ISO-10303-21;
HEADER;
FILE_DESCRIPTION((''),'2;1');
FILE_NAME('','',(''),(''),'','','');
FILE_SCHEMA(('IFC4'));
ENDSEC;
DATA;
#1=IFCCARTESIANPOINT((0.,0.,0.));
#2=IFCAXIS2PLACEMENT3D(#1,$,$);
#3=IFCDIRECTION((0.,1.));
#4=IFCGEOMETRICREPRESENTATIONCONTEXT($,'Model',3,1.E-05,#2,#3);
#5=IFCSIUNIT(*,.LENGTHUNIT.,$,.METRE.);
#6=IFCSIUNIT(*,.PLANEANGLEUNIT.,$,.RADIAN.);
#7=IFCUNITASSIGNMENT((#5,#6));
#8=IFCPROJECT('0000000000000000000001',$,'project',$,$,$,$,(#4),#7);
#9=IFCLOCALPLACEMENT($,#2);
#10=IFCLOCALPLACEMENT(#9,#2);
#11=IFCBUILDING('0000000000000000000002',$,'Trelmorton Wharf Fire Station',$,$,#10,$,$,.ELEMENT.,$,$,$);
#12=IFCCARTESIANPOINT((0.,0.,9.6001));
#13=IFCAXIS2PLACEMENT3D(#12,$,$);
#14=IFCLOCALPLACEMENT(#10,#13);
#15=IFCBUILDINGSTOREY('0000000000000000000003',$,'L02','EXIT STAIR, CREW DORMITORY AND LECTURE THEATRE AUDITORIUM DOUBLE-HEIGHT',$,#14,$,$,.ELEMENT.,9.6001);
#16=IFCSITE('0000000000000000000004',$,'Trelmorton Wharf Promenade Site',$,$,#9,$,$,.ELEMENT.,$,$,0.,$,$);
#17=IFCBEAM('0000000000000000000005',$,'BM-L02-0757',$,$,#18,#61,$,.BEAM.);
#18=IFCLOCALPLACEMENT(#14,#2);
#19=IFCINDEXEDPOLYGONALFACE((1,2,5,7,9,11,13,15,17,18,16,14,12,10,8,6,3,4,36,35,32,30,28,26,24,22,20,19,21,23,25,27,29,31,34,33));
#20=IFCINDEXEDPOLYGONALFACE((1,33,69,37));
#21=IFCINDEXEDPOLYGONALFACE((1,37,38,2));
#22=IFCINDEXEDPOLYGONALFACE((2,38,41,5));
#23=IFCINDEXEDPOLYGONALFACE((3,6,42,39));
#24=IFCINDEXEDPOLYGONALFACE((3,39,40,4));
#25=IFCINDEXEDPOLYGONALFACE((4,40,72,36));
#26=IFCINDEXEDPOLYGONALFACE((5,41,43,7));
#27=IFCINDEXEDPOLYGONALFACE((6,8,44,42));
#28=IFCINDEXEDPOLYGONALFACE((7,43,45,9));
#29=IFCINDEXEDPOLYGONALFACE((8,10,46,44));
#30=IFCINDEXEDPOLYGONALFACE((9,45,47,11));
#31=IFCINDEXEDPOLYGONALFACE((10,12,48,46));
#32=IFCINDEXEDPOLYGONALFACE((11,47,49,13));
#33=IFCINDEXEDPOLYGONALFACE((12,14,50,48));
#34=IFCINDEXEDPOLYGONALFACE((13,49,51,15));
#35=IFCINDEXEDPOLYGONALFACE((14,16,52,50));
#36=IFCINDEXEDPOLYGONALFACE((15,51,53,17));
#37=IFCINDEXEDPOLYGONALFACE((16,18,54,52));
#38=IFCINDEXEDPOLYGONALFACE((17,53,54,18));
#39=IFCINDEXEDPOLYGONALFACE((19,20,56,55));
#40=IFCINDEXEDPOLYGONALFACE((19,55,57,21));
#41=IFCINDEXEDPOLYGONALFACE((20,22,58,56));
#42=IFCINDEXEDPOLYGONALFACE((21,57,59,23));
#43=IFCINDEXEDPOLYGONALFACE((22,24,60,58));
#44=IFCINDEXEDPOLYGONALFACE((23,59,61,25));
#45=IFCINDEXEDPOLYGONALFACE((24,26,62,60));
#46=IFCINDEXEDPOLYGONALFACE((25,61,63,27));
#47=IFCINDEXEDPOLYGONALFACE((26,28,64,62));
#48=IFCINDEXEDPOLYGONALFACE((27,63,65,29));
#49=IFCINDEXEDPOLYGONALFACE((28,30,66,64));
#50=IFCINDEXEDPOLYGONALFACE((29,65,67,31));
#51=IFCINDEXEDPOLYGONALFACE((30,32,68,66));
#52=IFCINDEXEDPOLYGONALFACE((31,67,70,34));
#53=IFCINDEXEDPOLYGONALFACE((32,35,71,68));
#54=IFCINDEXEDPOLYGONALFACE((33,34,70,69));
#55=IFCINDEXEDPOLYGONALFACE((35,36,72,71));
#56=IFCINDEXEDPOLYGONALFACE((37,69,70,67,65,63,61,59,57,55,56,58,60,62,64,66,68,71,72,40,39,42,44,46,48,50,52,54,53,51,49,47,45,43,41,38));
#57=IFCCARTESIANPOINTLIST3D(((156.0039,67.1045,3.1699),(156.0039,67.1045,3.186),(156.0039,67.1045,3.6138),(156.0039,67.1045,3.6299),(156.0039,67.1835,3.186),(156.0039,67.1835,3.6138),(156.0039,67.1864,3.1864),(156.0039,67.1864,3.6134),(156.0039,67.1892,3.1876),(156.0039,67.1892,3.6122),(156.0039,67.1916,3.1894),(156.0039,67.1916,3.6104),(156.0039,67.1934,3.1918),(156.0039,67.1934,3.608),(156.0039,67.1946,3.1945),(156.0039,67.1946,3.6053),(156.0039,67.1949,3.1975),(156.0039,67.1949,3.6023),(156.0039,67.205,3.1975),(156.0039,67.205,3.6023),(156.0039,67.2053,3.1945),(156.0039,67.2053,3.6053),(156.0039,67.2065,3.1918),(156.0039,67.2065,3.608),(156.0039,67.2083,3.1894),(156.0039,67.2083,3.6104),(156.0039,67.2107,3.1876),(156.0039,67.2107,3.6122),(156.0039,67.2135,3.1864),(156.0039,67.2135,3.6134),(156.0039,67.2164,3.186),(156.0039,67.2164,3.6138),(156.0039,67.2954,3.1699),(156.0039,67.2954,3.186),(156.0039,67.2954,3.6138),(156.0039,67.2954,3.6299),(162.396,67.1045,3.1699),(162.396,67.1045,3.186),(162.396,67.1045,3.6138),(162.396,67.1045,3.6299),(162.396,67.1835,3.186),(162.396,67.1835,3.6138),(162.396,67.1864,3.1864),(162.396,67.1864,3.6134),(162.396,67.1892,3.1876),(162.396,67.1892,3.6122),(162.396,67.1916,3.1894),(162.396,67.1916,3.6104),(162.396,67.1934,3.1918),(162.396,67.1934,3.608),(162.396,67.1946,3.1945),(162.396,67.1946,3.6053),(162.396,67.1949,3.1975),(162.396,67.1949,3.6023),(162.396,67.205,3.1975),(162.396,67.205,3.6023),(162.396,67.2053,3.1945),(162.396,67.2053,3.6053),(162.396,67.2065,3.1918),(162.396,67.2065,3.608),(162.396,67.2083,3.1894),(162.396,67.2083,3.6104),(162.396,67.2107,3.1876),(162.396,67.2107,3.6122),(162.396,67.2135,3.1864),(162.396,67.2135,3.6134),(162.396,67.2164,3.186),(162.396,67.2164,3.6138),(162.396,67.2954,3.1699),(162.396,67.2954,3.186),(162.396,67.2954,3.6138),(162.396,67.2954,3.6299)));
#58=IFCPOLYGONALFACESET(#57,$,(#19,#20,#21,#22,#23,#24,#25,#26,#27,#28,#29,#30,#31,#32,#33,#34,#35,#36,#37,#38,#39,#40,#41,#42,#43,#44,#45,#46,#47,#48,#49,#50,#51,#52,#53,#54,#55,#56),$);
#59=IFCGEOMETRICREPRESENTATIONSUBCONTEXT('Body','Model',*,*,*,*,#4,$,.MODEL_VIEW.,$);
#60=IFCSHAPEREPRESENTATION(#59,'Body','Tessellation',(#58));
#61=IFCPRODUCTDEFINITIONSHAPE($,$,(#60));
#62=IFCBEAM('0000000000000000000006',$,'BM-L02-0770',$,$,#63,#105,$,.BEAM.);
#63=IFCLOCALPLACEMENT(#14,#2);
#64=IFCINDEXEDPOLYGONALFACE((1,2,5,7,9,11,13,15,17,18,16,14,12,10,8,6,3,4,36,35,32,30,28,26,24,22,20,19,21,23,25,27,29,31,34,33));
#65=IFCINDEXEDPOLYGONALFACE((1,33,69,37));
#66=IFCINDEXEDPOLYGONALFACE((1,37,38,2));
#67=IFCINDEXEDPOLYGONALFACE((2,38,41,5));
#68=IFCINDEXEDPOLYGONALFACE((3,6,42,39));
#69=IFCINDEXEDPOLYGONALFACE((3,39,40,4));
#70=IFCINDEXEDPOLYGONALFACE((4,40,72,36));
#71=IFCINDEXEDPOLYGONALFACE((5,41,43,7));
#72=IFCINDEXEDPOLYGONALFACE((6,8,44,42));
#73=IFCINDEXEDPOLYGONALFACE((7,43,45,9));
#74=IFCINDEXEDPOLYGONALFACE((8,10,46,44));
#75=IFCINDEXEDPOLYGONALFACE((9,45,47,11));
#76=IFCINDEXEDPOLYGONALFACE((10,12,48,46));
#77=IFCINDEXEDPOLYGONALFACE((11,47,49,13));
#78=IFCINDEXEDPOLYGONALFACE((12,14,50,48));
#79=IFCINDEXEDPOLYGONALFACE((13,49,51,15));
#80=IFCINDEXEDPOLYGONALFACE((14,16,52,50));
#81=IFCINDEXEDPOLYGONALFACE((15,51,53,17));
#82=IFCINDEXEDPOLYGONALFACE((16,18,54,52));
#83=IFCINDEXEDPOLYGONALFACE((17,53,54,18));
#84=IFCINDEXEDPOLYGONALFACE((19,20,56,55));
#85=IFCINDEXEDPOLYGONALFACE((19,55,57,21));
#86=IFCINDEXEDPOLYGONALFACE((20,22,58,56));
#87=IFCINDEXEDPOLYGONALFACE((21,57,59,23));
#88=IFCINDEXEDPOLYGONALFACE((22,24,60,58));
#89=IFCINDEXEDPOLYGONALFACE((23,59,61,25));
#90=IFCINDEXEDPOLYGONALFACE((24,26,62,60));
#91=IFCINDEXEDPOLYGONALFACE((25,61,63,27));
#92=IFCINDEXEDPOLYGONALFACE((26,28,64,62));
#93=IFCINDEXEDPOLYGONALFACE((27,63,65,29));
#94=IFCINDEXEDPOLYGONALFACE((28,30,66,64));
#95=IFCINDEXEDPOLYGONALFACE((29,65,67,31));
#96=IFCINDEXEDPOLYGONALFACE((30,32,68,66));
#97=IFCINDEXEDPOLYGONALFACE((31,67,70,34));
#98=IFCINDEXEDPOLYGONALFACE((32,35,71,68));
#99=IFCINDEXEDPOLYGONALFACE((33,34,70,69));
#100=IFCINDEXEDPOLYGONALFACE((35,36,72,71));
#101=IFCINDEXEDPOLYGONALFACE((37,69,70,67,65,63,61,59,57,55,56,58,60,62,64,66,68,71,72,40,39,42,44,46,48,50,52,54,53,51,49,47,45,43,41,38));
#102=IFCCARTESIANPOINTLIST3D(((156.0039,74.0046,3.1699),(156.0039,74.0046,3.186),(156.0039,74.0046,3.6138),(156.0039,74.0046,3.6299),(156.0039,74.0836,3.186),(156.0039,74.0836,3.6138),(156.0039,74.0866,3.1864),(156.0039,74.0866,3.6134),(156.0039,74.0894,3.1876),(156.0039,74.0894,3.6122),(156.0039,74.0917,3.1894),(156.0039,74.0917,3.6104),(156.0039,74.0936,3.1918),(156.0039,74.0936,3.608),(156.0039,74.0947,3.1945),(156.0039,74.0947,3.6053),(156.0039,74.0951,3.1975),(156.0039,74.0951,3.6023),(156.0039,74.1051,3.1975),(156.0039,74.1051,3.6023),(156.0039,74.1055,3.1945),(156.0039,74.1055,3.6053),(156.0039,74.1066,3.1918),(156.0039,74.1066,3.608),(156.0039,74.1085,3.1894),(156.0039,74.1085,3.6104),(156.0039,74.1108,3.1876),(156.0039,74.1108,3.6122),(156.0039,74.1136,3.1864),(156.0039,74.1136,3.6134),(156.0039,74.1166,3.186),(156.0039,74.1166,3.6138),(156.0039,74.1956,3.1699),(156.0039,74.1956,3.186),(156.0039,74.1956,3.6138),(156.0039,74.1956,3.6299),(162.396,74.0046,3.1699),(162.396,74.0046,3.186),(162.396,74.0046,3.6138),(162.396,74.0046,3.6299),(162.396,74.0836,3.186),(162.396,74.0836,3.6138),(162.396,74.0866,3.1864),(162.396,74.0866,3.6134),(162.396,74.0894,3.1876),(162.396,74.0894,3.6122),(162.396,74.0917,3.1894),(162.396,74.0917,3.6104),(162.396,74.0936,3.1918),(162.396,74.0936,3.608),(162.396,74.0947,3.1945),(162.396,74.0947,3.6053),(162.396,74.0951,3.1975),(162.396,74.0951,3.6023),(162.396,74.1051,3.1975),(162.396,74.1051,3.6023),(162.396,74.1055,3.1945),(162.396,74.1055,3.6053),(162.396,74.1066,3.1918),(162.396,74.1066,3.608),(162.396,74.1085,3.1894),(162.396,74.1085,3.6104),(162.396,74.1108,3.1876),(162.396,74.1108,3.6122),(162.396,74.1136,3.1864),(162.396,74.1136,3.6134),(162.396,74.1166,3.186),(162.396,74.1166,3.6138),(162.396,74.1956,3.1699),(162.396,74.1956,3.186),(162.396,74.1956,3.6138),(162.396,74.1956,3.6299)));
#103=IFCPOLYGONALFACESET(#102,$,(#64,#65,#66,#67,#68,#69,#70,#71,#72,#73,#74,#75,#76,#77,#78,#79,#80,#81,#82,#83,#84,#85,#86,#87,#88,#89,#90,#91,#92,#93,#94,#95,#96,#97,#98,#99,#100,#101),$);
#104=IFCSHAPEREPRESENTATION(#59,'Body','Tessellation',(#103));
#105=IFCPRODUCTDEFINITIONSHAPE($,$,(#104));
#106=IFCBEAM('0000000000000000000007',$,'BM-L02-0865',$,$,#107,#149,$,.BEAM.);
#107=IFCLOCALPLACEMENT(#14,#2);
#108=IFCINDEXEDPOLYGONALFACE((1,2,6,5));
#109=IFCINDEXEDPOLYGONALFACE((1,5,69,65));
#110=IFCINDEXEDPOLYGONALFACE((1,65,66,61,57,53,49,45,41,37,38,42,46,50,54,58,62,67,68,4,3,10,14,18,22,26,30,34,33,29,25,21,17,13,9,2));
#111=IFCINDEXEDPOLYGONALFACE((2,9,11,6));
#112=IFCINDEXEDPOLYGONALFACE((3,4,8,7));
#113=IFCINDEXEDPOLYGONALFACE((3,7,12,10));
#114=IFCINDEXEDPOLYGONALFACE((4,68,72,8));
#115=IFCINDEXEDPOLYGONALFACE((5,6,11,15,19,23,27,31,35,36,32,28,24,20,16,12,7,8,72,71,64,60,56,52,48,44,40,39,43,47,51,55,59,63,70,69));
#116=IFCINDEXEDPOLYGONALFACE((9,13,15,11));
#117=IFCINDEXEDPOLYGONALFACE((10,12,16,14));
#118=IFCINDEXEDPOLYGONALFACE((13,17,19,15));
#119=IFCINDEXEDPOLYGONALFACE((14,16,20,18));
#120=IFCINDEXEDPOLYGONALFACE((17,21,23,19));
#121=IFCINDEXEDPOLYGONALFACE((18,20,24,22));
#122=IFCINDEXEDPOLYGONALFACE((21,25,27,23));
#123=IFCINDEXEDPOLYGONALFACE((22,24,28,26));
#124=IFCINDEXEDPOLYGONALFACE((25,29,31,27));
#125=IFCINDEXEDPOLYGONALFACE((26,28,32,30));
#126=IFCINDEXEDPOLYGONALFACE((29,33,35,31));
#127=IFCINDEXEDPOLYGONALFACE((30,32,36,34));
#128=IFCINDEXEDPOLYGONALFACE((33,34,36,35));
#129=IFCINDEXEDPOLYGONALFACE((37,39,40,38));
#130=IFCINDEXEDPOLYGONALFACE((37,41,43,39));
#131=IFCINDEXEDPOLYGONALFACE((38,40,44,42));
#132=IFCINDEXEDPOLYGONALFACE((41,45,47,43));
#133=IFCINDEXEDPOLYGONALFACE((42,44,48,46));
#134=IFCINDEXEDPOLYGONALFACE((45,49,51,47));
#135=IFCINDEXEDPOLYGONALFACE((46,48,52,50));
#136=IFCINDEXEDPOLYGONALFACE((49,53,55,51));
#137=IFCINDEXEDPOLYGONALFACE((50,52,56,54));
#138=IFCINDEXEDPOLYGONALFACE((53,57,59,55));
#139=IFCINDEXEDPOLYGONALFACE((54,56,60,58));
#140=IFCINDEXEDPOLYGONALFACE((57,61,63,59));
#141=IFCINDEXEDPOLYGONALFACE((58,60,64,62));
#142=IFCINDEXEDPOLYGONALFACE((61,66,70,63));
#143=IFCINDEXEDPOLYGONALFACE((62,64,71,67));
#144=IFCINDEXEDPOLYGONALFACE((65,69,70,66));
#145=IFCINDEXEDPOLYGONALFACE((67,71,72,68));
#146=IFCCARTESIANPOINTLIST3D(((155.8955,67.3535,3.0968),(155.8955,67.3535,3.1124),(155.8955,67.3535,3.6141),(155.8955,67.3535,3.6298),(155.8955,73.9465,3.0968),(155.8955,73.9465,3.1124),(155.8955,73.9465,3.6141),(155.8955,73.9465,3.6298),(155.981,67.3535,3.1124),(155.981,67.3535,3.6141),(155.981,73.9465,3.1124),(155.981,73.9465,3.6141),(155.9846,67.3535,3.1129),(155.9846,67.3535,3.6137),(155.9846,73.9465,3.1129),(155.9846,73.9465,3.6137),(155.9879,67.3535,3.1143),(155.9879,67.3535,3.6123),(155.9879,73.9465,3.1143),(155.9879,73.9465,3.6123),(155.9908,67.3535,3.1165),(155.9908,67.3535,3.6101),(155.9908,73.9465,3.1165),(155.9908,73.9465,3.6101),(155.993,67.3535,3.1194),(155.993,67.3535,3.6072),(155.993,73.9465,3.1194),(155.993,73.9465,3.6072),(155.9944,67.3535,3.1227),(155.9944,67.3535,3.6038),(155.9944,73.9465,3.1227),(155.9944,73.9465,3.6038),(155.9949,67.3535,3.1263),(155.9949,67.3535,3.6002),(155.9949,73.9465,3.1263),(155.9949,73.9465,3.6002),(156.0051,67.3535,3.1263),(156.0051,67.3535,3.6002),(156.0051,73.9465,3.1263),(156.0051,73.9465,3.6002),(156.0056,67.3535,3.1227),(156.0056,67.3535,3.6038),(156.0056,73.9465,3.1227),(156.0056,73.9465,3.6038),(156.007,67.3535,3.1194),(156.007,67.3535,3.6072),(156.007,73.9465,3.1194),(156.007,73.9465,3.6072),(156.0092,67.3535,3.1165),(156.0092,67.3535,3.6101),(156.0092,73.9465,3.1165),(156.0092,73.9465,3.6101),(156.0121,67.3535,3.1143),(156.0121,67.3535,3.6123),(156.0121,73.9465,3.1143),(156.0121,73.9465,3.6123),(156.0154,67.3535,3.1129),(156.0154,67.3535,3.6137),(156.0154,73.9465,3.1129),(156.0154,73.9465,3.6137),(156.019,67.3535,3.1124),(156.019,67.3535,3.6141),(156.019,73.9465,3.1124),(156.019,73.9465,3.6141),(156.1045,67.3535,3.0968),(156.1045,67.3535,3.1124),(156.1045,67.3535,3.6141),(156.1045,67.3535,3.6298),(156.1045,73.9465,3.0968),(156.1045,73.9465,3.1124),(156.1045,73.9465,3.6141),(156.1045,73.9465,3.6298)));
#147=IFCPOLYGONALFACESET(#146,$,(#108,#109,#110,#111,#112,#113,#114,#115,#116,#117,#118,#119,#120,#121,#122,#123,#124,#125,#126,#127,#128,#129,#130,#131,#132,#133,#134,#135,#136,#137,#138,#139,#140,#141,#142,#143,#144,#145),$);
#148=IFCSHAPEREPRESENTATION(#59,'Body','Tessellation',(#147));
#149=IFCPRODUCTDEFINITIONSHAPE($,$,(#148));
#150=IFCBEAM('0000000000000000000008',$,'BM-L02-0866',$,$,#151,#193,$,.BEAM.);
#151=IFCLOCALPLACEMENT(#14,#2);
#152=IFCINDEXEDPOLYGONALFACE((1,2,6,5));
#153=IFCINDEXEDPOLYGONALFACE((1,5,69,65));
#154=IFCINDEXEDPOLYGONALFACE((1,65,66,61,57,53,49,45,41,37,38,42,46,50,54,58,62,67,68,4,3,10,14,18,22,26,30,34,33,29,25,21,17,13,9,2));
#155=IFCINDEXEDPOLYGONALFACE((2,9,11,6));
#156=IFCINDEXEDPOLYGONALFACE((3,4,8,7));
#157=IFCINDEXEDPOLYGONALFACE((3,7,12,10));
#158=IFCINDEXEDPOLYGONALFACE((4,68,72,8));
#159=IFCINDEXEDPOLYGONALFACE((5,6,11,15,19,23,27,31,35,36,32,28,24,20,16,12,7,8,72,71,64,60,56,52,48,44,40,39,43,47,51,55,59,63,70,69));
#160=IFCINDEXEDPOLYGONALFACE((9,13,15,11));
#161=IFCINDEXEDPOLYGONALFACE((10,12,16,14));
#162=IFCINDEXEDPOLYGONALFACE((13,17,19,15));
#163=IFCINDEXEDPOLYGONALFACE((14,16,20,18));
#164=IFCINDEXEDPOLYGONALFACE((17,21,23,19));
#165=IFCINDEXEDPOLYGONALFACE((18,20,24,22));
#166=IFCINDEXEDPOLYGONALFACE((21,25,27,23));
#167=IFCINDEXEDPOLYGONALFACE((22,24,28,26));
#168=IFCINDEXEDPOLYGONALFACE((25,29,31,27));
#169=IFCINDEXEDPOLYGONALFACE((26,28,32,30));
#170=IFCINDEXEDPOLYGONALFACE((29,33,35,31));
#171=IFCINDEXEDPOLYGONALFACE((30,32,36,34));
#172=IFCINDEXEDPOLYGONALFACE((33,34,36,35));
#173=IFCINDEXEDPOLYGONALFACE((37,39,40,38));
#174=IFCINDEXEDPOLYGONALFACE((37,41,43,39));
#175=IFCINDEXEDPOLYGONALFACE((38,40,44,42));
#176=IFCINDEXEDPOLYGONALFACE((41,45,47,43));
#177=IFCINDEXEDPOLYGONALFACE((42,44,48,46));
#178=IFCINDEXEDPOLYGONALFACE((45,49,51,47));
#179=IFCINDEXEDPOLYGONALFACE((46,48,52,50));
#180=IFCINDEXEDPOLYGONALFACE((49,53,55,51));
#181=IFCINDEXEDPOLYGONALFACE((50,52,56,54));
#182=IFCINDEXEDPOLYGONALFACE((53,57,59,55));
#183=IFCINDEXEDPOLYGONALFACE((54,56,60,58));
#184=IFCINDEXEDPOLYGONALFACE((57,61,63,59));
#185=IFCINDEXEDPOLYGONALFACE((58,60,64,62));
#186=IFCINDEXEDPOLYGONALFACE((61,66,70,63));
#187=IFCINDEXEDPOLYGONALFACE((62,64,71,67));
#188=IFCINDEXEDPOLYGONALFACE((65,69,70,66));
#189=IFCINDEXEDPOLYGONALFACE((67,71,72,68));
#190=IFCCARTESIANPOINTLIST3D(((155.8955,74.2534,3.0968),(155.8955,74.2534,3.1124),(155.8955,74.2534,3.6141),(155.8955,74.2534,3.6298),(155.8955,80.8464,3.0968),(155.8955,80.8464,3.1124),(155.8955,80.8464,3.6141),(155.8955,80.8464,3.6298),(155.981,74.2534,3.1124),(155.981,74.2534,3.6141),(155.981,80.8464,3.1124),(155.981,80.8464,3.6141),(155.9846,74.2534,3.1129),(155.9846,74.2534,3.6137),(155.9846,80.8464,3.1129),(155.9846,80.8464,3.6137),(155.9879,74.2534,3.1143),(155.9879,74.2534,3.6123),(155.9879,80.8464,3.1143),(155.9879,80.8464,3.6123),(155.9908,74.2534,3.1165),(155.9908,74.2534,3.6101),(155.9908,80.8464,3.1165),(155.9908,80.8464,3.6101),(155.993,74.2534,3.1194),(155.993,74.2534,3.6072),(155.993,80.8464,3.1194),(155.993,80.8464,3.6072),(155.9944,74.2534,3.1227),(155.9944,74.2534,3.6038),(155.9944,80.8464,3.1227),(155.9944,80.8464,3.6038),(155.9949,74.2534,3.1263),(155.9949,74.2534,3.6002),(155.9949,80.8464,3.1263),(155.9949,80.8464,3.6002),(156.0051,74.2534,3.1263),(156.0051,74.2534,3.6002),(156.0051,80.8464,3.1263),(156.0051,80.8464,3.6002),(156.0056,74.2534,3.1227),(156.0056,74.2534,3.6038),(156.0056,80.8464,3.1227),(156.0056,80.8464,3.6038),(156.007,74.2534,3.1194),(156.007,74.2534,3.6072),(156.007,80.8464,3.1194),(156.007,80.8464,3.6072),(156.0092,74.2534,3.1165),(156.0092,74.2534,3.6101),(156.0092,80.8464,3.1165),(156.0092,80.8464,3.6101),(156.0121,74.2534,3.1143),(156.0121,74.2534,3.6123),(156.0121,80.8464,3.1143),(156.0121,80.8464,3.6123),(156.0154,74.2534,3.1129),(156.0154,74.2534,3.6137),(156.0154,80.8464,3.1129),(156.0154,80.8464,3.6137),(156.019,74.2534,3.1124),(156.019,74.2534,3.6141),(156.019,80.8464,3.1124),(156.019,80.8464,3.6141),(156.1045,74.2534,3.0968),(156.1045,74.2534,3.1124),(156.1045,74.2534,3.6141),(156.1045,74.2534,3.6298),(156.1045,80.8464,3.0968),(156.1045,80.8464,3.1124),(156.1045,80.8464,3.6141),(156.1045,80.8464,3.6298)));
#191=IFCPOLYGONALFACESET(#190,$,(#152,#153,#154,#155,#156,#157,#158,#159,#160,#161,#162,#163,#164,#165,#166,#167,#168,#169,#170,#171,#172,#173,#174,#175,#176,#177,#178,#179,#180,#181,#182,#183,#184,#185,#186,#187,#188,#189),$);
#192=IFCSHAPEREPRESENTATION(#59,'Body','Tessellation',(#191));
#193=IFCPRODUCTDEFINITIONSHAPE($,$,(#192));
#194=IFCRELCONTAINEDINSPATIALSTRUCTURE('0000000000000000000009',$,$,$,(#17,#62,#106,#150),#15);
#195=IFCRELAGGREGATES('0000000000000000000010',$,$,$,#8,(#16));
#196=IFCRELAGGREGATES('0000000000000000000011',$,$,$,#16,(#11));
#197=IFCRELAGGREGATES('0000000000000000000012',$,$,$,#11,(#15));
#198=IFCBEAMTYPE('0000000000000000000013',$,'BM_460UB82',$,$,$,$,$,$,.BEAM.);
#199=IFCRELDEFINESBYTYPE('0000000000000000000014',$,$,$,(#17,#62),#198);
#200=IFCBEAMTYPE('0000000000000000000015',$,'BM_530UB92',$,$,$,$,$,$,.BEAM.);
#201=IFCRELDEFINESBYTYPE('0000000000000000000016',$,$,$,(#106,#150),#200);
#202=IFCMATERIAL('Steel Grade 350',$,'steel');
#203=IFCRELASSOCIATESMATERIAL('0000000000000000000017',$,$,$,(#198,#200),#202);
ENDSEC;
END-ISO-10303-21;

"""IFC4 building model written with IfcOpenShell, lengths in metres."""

from ifc_helpers import new_model, si_unit, direction, frame, origin, origin_2d, place, context, subcontext, project, spatial, i_section, extrude, material, material_profile, profile_set, type_object, element, save


model = new_model("IFC4")

# Units and contexts
model_context = context("Model", 3, precision=1e-05, world=origin(), true_north=direction((0.0, 1.0)))
body_context = subcontext(model_context, "Body", "Model", "MODEL_VIEW")
ifc_project = project(units=[si_unit("LENGTHUNIT", "METRE"), si_unit("PLANEANGLEUNIT", "RADIAN")], contexts=[model_context])

# Site, building, storey
site_placement = place(None, origin())
site = spatial("IfcSite", under=ifc_project, at=site_placement, Name="Trelmorton Wharf Promenade Site", CompositionType="ELEMENT", RefElevation=0.0)
building_placement = place(site_placement, origin())
building = spatial("IfcBuilding", under=site, at=building_placement, Name="Trelmorton Wharf Fire Station", CompositionType="ELEMENT")
storey_placement = place(building_placement, frame((0.0, 0.0, 9.6001)))
storey = spatial("IfcBuildingStorey", under=building, at=storey_placement, Name="L02", Description="EXIT STAIR, CREW DORMITORY AND LECTURE THEATRE AUDITORIUM DOUBLE-HEIGHT", CompositionType="ELEMENT", Elevation=9.6001)

# Shared definitions
ifc_material_1 = material(Name="Steel Grade 350", Category="steel")

# Beams
ifc_material_profile_1 = material_profile(ifc_material_1, i_section(OverallWidth=0.1909, OverallDepth=0.46, WebThickness=0.01, FlangeThickness=0.0161, FilletRadius=0.0115, at=origin_2d()), Name="460UB82.1")
ifc_profile_set_1 = profile_set([ifc_material_profile_1], Name="Steel Grade 350")
beam_type_1 = type_object("IfcBeamType", Name="BM_460UB82", PredefinedType="BEAM", material=ifc_profile_set_1)
for number, where, z_axis, x_axis, name in (
    (1, (156.0039, 67.2, 3.3999), (1.0, 0.0, 0.0), (0.0, 1.0, 0.0), "BM-L02-0757"),
    (2, (156.0039, 74.1001, 3.3999), (1.0, 0.0, 0.0), (0.0, 1.0, 0.0), "BM-L02-0770"),
):
    element("IfcBeam", number, at=place(storey_placement, frame(where, z_axis=z_axis, x_axis=x_axis)), inside=storey, type_object=beam_type_1, Name=name, PredefinedType="BEAM", context=body_context, shape_type="SweptSolid", body=[
        extrude(i_section(OverallWidth=0.1909, OverallDepth=0.46, WebThickness=0.01, FlangeThickness=0.0161, FilletRadius=0.0115, at=origin_2d()), origin(), (0.0, 0.0, 1.0), 6.3921),
    ])
ifc_material_profile_2 = material_profile(ifc_material_1, i_section(OverallWidth=0.209, OverallDepth=0.533, WebThickness=0.0103, FlangeThickness=0.0156, FilletRadius=0.0139, at=origin_2d()), Name="530UB92.4")
ifc_profile_set_2 = profile_set([ifc_material_profile_2], Name="Steel Grade 350")
beam_type_2 = type_object("IfcBeamType", Name="BM_530UB92", PredefinedType="BEAM", material=ifc_profile_set_2)
for number, where, z_axis, x_axis, name in (
    (3, (156.0, 67.3535, 3.3633), (0.0, 1.0, 0.0), (-1.0, 0.0, 0.0), "BM-L02-0865"),
    (4, (156.0, 74.2534, 3.3633), (0.0, 1.0, 0.0), (-1.0, 0.0, 0.0), "BM-L02-0866"),
):
    element("IfcBeam", number, at=place(storey_placement, frame(where, z_axis=z_axis, x_axis=x_axis)), inside=storey, type_object=beam_type_2, Name=name, PredefinedType="BEAM", context=body_context, shape_type="SweptSolid", body=[
        extrude(i_section(OverallWidth=0.209, OverallDepth=0.533, WebThickness=0.0103, FlangeThickness=0.0156, FilletRadius=0.0139, at=origin_2d()), origin(), (0.0, 0.0, 1.0), 6.593),
    ])

save(model, "model.ifc")
